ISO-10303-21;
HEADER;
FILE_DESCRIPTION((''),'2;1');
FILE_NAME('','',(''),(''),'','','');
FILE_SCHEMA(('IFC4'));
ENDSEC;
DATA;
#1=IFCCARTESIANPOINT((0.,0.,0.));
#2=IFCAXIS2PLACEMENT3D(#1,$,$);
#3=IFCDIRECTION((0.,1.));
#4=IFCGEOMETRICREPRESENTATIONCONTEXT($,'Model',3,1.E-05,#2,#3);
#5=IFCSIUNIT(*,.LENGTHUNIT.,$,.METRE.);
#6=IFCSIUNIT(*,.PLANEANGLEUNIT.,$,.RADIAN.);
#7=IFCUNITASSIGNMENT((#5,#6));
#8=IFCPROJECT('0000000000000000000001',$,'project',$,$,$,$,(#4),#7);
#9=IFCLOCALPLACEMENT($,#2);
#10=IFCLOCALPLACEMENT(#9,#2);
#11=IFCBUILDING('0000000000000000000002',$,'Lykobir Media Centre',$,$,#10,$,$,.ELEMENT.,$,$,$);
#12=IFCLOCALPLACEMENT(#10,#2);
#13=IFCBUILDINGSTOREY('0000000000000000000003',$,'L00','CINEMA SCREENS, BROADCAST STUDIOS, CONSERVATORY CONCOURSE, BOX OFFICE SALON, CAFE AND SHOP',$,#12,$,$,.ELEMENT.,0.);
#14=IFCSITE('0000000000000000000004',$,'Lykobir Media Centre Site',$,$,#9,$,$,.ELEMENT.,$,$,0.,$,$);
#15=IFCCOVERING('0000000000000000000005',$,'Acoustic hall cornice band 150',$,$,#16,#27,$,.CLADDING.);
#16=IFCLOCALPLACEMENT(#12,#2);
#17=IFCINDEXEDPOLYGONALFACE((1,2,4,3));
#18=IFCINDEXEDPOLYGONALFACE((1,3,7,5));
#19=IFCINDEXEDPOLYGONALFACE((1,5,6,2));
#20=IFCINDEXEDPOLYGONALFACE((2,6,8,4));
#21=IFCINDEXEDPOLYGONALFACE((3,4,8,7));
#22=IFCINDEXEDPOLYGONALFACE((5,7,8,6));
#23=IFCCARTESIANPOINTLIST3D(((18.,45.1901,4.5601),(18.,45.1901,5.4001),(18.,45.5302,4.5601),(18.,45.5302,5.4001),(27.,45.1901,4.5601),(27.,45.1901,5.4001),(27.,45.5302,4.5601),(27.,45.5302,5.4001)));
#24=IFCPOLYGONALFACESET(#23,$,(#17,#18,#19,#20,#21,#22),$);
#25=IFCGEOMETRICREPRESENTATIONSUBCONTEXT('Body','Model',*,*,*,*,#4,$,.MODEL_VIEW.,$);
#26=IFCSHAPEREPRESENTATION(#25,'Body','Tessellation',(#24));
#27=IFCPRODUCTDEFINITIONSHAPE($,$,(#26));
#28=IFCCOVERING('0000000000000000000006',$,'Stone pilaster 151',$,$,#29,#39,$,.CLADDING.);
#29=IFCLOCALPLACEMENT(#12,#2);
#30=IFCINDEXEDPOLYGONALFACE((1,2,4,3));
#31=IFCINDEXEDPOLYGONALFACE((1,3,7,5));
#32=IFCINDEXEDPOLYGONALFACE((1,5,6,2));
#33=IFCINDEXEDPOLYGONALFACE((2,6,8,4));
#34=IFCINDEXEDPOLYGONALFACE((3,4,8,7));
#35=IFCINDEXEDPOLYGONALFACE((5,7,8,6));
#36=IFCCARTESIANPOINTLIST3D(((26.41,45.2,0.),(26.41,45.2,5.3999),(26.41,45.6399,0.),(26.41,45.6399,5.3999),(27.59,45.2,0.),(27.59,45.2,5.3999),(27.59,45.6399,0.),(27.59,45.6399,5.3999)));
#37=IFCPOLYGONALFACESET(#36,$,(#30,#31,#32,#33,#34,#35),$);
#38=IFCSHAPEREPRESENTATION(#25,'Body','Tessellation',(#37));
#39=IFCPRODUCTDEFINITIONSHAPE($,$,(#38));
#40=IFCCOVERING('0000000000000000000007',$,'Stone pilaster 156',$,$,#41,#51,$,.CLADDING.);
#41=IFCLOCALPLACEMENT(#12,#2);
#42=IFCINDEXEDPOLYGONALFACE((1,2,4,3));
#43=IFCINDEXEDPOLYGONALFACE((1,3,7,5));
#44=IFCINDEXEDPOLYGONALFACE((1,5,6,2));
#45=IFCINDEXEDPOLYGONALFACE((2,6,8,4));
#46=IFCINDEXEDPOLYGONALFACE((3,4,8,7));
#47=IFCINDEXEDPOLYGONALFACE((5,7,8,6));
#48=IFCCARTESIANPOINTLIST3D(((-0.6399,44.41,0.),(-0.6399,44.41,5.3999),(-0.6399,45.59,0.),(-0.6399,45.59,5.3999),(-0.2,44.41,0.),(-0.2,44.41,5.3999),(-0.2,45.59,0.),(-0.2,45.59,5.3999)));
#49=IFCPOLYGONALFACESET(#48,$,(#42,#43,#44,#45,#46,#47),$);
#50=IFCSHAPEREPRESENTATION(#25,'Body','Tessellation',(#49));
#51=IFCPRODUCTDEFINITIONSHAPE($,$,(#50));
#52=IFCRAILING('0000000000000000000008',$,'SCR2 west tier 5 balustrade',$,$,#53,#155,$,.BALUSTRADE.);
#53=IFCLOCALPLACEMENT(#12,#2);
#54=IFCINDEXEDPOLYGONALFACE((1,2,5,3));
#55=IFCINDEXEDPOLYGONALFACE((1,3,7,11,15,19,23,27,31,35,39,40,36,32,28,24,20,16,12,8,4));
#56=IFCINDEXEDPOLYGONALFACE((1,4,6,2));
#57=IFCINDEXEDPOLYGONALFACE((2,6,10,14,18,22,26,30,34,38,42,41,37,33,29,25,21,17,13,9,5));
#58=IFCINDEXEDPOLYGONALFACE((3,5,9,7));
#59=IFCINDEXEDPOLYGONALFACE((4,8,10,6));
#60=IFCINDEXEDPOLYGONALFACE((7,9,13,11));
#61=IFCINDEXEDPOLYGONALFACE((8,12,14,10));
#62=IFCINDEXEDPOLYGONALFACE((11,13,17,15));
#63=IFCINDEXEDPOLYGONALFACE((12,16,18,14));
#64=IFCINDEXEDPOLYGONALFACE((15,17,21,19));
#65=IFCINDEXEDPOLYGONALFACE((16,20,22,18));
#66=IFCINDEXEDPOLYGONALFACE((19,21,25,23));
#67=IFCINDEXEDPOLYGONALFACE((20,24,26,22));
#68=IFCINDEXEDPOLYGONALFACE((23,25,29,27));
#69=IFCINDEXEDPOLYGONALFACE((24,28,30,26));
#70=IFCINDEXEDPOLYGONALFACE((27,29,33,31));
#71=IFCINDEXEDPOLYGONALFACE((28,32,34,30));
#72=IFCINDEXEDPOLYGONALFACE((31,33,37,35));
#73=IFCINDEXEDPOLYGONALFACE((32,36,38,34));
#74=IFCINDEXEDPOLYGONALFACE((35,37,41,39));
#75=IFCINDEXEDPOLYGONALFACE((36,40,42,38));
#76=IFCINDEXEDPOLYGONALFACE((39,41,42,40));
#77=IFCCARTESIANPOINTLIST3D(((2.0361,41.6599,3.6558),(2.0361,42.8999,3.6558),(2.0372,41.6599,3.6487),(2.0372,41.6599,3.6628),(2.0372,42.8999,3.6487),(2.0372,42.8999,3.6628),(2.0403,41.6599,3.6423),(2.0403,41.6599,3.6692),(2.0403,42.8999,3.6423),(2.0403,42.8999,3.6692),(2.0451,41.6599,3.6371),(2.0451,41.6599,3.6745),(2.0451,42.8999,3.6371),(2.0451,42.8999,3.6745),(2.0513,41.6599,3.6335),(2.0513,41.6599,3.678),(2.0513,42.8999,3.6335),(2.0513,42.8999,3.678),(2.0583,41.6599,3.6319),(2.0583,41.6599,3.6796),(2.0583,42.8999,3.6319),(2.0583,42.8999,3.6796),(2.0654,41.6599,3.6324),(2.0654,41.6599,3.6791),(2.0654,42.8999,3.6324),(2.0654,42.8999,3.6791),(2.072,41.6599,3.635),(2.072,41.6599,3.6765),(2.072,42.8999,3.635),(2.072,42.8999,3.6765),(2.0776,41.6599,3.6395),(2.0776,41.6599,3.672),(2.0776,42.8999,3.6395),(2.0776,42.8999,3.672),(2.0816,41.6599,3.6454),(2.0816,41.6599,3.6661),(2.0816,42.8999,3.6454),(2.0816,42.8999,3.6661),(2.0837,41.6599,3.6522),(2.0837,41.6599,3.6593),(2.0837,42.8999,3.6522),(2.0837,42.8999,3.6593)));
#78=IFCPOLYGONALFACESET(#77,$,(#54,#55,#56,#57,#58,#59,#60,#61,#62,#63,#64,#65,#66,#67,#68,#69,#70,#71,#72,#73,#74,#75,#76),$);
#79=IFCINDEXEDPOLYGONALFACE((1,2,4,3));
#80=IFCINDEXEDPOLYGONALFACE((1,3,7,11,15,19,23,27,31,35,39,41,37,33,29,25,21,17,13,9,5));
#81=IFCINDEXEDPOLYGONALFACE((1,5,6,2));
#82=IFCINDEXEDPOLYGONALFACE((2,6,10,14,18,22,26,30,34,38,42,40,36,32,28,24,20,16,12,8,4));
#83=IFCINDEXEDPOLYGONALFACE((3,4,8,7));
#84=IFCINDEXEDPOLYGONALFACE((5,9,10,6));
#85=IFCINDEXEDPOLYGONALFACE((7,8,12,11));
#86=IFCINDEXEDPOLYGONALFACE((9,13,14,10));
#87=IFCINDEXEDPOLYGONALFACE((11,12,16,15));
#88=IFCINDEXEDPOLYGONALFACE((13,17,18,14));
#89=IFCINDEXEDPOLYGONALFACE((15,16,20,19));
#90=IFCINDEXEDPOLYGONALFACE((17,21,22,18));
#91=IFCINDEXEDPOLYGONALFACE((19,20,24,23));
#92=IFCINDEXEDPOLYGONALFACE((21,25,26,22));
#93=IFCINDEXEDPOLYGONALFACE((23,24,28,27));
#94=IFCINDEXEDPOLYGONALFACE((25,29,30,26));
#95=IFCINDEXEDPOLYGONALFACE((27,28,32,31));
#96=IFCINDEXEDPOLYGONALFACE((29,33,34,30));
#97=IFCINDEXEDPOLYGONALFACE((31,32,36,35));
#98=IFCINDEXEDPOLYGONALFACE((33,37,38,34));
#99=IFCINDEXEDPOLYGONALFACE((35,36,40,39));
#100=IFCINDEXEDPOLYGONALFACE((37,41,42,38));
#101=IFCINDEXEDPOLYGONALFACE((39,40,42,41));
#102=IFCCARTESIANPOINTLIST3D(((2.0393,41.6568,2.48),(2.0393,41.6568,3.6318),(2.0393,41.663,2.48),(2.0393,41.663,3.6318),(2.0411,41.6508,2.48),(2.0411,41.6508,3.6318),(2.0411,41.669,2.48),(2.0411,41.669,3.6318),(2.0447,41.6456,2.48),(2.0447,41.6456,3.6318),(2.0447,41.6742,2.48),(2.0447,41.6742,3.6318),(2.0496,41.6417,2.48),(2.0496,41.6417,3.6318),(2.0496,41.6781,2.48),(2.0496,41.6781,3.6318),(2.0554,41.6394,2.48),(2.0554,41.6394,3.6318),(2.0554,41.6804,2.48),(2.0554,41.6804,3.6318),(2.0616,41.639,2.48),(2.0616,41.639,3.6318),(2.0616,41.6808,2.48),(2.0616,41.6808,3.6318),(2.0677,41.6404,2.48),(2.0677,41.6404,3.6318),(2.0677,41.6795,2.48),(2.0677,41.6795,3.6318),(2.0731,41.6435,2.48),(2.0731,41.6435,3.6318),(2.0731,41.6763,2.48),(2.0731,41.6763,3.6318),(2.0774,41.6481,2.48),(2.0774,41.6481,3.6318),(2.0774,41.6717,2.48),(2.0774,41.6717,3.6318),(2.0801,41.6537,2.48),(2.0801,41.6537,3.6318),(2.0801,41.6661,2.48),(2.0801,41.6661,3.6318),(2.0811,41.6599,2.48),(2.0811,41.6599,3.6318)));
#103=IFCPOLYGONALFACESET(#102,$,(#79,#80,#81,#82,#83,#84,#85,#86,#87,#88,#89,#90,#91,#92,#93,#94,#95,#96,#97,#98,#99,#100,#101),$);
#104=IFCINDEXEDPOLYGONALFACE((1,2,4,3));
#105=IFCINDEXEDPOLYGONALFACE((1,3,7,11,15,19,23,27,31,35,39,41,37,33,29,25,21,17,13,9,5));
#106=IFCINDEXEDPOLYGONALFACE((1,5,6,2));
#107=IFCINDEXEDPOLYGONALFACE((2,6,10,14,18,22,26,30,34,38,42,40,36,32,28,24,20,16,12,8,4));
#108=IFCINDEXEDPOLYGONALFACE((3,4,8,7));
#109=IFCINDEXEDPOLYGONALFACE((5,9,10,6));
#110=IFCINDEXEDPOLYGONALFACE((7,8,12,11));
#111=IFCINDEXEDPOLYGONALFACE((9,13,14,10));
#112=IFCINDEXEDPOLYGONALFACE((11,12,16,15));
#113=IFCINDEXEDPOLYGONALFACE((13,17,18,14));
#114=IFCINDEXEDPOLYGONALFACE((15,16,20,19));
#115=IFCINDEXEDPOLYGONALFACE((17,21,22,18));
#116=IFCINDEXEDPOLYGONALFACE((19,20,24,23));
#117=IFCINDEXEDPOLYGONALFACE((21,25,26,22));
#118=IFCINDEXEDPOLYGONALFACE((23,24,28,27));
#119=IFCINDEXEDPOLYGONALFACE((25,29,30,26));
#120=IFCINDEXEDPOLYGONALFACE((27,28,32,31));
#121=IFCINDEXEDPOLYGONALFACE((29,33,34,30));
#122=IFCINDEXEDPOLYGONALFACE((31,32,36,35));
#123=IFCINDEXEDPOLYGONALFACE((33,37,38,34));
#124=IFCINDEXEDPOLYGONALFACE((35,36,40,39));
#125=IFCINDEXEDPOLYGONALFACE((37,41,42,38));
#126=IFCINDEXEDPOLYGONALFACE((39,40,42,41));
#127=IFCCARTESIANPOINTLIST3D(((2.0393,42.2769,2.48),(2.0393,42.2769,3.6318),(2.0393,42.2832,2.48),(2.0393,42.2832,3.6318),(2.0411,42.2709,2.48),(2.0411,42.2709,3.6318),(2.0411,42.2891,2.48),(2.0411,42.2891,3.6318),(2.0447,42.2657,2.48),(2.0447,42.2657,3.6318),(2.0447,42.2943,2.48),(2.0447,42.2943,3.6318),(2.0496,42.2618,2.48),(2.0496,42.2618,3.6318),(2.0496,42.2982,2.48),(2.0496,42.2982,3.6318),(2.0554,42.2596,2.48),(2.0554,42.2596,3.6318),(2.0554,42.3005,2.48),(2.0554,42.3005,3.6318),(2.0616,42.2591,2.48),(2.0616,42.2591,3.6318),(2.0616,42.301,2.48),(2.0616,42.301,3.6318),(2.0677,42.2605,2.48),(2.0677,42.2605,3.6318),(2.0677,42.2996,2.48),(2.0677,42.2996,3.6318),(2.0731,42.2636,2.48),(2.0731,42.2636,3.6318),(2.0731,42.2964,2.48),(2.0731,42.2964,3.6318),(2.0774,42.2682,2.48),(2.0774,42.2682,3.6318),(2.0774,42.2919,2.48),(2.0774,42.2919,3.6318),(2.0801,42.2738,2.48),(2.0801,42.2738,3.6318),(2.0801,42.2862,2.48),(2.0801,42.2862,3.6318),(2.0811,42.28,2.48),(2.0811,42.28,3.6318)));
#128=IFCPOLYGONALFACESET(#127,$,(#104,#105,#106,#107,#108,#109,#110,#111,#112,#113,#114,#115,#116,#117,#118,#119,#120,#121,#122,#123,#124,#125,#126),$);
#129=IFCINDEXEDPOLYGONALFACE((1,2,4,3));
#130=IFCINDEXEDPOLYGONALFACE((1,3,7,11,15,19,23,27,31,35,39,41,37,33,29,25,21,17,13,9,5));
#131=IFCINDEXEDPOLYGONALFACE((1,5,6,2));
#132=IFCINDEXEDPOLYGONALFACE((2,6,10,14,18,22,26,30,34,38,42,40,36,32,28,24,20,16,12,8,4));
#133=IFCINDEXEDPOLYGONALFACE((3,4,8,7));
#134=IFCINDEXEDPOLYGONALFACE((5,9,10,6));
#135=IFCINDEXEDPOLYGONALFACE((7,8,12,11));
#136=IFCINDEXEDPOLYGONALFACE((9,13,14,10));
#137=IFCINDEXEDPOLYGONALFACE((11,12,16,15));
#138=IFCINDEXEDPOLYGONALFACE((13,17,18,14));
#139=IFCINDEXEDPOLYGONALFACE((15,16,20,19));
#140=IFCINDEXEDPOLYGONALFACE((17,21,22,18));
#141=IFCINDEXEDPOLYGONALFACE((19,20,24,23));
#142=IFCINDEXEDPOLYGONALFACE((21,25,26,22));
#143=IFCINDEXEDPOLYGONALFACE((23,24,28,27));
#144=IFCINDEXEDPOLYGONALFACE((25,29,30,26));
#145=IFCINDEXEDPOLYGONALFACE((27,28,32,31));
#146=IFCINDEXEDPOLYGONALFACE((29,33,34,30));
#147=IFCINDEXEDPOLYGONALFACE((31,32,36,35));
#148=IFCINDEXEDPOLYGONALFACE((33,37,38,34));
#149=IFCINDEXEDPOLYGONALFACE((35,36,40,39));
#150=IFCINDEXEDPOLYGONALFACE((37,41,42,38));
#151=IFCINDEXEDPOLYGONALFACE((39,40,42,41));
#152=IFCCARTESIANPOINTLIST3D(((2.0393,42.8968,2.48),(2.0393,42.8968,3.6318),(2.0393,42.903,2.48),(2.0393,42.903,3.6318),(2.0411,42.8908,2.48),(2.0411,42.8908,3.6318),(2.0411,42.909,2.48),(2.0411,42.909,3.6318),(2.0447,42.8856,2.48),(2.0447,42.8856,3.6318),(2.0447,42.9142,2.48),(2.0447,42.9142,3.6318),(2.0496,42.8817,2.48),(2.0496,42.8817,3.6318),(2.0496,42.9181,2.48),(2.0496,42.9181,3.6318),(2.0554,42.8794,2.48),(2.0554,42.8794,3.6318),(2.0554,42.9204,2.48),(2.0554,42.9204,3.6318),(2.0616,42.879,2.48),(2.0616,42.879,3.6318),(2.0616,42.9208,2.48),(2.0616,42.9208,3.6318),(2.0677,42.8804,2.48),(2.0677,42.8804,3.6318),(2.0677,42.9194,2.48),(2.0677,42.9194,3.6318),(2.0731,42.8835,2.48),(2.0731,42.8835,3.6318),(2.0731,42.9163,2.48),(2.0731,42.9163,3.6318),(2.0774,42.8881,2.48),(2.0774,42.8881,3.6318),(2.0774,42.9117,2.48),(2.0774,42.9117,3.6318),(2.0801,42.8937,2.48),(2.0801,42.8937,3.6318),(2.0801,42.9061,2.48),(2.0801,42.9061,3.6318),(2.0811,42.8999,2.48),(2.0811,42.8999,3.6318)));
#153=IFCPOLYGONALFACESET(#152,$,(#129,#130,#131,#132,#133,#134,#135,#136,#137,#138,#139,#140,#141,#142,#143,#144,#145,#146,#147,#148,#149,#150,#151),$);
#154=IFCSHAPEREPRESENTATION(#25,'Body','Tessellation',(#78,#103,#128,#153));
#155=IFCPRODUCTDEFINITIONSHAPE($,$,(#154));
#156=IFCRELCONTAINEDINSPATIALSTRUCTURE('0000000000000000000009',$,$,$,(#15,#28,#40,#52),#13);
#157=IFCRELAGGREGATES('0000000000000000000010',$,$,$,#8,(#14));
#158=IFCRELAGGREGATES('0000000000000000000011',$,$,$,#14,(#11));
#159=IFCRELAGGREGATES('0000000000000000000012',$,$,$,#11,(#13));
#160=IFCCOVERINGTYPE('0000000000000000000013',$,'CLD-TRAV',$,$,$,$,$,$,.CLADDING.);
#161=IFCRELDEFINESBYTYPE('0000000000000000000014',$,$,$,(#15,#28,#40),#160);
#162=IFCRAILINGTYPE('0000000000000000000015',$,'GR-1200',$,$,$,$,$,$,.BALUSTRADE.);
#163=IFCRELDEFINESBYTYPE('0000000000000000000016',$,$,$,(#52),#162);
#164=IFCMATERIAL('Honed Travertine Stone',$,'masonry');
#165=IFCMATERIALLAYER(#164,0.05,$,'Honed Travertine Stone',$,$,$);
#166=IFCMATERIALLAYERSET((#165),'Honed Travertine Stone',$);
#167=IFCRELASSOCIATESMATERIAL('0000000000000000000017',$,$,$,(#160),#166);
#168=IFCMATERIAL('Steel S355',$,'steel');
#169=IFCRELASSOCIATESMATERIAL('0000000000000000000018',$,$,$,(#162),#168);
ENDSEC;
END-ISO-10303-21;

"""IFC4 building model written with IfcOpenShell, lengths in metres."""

from ifc_helpers import new_model, si_unit, direction, frame, origin, origin_2d, place, context, subcontext, project, spatial, rectangle, circle, extrude, material, layer, layer_set, type_object, element, save


model = new_model("IFC4")

# Units and contexts
model_context = context("Model", 3, precision=1e-05, world=origin(), true_north=direction((0.0, 1.0)))
body_context = subcontext(model_context, "Body", "Model", "MODEL_VIEW")
ifc_project = project(units=[si_unit("LENGTHUNIT", "METRE"), si_unit("PLANEANGLEUNIT", "RADIAN")], contexts=[model_context])

# Site, building, storey
site_placement = place(None, origin())
site = spatial("IfcSite", under=ifc_project, at=site_placement, Name="Lykobir Media Centre Site", CompositionType="ELEMENT", RefElevation=0.0)
building_placement = place(site_placement, origin())
building = spatial("IfcBuilding", under=site, at=building_placement, Name="Lykobir Media Centre", CompositionType="ELEMENT")
storey_placement = place(building_placement, origin())
storey = spatial("IfcBuildingStorey", under=building, at=storey_placement, Name="L00", Description="CINEMA SCREENS, BROADCAST STUDIOS, CONSERVATORY CONCOURSE, BOX OFFICE SALON, CAFE AND SHOP", CompositionType="ELEMENT", Elevation=0.0)

# Shared definitions
ifc_material_1 = material(Name="Steel S355", Category="steel")

# Coverings
ifc_material_2 = material(Name="Honed Travertine Stone", Category="masonry")
ifc_layer_1 = layer(ifc_material_2, 0.05, Name="Honed Travertine Stone")
ifc_layer_set_1 = layer_set([ifc_layer_1], Name="Honed Travertine Stone")
covering_type = type_object("IfcCoveringType", Name="CLD-TRAV", PredefinedType="CLADDING", material=ifc_layer_set_1)
covering_1_placement = place(storey_placement, frame((22.5, 45.3601, 4.5601), z_axis=(0.0, 0.0, 1.0), x_axis=(-1.0, 0.0, 0.0)))
element("IfcCovering", 1, at=covering_1_placement, inside=storey, type_object=covering_type, Name="Acoustic hall cornice band 150", PredefinedType="CLADDING", context=body_context, shape_type="SweptSolid", body=[
    extrude(rectangle(XDim=9.0, YDim=0.3401, at=origin_2d()), origin(), (0.0, 0.0, 1.0), 0.8401),
])
for number, where, z_axis, x_axis, name in (
    (2, (27.0, 45.4199, 0.0), (0.0, 0.0, 1.0), (-1.0, 0.0, 0.0), "Stone pilaster 151"),
    (3, (-0.4199, 45.0, 0.0), (0.0, 0.0, 1.0), (0.0, -1.0, 0.0), "Stone pilaster 156"),
):
    element("IfcCovering", number, at=place(storey_placement, frame(where, z_axis=z_axis, x_axis=x_axis)), inside=storey, type_object=covering_type, Name=name, PredefinedType="CLADDING", context=body_context, shape_type="SweptSolid", body=[
        extrude(rectangle(XDim=1.1799, YDim=0.4399, at=origin_2d()), origin(), (0.0, 0.0, 1.0), 5.3999),
    ])

# Railing
railing_type = type_object("IfcRailingType", Name="GR-1200", PredefinedType="BALUSTRADE", material=ifc_material_1)
railing_1_placement = place(storey_placement, frame((2.0601, 41.6599, 2.48)))
element("IfcRailing", 4, at=railing_1_placement, inside=storey, type_object=railing_type, Name="SCR2 west tier 5 balustrade", PredefinedType="BALUSTRADE", context=body_context, shape_type="SweptSolid", body=[
    extrude(circle(Radius=0.0239, at=origin_2d()), frame((0.0, 0.0, 1.1758), z_axis=(0.0, 1.0, 0.0), x_axis=(-1.0, 0.0, 0.0)), (0.0, 0.0, 1.0), 1.24),
    extrude(circle(Radius=0.021, at=origin_2d()), origin(), (0.0, 0.0, 1.0), 1.1519),
    extrude(circle(Radius=0.021, at=origin_2d()), frame((0.0, 0.6201, 0.0)), (0.0, 0.0, 1.0), 1.1519),
    extrude(circle(Radius=0.021, at=origin_2d()), frame((0.0, 1.24, 0.0)), (0.0, 0.0, 1.0), 1.1519),
])

save(model, "model.ifc")
